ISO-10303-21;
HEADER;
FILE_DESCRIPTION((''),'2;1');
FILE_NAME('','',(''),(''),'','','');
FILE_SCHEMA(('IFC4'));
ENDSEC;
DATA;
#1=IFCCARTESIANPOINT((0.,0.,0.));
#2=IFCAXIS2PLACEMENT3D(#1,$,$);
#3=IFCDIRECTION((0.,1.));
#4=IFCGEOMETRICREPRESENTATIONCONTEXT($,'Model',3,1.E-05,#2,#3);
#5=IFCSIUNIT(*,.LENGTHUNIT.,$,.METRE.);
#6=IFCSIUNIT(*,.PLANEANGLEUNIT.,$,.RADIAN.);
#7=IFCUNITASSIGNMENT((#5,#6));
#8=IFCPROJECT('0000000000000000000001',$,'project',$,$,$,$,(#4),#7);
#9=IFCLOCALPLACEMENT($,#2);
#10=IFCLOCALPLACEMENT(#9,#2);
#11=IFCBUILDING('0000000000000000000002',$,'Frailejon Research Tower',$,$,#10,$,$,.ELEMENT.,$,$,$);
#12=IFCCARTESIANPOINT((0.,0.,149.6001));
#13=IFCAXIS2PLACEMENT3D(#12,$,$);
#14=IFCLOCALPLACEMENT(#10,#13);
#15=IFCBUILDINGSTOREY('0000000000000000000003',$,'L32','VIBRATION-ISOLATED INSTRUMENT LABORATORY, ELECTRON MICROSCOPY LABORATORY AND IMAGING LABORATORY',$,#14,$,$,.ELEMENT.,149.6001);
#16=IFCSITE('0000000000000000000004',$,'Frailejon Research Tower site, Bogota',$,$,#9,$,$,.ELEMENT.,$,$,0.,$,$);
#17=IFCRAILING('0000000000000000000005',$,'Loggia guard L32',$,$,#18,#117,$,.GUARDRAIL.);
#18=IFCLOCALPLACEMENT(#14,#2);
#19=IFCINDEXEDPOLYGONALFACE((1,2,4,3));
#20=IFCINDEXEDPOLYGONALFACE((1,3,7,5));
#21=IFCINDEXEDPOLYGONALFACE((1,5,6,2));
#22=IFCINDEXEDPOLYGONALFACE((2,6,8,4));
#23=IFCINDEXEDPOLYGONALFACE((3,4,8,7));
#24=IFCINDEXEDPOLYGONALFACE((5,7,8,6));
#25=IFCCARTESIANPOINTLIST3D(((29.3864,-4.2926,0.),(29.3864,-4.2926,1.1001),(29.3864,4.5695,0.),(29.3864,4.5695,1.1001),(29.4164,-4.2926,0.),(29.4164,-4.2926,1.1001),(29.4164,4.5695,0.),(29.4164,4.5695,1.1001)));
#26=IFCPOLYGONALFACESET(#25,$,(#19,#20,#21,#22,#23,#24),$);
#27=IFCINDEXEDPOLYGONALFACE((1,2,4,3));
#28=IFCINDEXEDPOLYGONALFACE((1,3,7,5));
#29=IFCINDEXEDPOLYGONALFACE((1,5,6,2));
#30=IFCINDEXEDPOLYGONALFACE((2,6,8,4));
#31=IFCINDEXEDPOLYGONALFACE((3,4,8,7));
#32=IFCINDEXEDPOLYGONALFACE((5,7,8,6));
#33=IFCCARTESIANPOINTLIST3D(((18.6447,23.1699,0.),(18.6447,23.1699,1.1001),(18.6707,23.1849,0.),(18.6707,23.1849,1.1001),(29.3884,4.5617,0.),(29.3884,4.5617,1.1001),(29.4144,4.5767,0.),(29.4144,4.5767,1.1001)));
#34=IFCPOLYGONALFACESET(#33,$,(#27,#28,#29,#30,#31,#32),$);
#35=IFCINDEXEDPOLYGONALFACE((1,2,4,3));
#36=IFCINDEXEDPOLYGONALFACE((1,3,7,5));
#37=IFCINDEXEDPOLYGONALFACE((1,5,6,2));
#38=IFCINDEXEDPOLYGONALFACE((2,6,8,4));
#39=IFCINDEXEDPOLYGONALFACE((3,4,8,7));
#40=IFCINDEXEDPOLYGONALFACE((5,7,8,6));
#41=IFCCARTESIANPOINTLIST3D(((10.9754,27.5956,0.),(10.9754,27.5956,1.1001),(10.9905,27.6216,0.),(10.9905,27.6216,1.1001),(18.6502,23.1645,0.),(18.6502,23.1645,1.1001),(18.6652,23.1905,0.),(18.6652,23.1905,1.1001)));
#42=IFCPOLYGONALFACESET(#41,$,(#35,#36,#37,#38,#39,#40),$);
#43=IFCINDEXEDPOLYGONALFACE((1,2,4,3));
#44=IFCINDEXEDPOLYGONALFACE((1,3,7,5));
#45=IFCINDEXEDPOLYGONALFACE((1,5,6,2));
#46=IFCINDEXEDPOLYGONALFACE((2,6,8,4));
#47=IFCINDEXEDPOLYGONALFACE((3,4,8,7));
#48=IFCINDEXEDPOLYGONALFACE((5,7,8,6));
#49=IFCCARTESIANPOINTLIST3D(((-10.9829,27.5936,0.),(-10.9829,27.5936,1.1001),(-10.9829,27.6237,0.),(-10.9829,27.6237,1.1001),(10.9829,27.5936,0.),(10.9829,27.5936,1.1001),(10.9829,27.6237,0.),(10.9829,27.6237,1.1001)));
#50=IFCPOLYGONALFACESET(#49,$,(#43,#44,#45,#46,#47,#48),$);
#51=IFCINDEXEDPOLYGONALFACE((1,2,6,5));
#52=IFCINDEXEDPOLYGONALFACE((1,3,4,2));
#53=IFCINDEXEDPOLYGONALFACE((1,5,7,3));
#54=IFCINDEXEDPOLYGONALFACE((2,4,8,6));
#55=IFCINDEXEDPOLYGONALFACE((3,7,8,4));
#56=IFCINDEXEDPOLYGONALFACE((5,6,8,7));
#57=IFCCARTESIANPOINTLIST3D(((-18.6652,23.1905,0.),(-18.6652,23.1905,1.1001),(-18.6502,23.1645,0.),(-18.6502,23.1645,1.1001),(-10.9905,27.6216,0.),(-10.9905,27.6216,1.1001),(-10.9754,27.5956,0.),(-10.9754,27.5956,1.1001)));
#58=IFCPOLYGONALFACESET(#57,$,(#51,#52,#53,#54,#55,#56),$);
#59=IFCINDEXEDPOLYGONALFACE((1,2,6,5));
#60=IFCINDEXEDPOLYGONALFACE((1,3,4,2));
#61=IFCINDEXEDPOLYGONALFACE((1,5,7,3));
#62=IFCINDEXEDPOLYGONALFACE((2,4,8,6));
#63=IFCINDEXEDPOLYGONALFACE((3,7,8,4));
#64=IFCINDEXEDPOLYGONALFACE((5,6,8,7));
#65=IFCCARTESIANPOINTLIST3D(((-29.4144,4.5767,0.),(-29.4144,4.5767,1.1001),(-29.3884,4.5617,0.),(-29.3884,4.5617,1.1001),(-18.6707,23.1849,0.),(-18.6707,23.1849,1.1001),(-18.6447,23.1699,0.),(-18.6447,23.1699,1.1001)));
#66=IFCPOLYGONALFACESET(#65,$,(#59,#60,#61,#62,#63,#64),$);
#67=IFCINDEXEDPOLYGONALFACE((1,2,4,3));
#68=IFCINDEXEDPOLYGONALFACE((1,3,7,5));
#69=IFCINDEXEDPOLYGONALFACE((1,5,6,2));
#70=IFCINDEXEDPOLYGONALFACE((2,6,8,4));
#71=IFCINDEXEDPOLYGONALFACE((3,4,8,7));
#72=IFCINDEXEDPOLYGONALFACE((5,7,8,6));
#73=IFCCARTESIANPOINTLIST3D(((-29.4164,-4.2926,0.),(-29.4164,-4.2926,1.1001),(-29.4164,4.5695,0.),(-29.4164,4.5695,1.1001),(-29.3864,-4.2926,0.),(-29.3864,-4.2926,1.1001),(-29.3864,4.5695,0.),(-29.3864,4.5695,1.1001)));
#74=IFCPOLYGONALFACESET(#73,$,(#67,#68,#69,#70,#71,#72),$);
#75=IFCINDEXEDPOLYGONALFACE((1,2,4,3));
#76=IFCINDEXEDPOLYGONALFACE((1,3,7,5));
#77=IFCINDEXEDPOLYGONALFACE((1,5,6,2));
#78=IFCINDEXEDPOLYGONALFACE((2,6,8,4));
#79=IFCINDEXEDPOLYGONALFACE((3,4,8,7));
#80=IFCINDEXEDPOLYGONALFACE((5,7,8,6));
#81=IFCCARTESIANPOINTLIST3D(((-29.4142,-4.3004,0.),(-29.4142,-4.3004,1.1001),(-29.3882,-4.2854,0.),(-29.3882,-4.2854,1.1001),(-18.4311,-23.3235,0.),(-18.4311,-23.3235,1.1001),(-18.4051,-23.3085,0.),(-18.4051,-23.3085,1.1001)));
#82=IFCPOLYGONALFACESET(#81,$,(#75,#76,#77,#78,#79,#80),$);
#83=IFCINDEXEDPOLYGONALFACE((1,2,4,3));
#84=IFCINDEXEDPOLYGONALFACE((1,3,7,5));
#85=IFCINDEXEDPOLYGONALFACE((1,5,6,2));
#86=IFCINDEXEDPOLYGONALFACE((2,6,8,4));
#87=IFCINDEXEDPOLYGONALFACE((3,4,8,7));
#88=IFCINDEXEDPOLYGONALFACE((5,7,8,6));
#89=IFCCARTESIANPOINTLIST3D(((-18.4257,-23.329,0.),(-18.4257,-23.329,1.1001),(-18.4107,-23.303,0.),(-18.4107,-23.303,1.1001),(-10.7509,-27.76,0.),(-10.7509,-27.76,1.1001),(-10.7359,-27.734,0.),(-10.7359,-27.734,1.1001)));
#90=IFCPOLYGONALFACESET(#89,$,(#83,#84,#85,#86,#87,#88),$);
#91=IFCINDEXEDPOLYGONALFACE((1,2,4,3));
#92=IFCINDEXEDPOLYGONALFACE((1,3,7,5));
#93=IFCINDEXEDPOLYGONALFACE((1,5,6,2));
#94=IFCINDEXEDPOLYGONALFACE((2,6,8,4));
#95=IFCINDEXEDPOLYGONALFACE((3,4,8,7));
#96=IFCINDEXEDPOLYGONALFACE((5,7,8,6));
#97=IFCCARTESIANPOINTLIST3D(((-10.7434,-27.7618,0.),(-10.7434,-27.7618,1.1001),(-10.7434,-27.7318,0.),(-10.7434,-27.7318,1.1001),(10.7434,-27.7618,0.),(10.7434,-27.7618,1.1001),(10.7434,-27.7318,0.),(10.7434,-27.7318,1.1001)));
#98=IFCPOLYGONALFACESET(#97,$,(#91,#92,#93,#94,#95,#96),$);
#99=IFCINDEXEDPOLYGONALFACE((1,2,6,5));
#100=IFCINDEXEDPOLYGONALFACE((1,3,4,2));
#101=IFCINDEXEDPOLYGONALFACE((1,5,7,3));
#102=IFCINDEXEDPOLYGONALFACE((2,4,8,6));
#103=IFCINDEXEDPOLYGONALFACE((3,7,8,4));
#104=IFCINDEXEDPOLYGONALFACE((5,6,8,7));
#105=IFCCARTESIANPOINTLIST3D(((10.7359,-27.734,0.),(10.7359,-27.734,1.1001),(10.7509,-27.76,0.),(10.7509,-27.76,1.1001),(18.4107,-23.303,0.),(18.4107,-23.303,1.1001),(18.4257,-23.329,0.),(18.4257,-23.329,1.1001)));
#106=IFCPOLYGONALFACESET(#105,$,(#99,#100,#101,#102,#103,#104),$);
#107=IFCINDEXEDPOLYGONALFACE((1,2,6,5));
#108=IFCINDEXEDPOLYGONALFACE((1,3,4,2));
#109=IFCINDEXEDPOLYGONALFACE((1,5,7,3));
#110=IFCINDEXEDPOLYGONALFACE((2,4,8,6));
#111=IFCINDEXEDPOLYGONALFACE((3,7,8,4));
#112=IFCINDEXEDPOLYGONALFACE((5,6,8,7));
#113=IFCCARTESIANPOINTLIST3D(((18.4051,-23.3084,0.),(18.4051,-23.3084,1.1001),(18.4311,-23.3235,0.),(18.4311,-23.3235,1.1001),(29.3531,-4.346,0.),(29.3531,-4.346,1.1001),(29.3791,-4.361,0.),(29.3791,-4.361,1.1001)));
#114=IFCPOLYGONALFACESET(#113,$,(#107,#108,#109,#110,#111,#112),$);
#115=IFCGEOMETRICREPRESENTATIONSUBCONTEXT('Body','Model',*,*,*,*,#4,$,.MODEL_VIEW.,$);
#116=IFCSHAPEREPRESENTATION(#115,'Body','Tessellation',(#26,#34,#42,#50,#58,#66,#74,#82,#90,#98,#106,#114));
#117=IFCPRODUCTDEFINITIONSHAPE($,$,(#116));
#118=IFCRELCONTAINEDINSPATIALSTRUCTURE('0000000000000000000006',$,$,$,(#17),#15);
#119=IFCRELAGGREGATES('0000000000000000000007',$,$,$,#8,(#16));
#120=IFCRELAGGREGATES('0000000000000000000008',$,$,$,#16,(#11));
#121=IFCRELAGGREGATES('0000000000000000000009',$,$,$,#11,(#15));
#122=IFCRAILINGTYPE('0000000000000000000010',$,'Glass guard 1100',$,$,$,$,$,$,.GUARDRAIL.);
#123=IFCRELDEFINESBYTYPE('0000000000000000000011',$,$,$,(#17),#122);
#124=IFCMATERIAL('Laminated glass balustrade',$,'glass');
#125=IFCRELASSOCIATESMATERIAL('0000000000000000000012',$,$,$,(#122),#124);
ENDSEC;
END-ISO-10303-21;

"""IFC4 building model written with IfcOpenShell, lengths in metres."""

from ifc_helpers import new_model, si_unit, direction, frame, origin, origin_2d, place, context, subcontext, project, spatial, rectangle, extrude, material, type_object, element, save


model = new_model("IFC4")

# Units and contexts
model_context = context("Model", 3, precision=1e-05, world=origin(), true_north=direction((0.0, 1.0)))
body_context = subcontext(model_context, "Body", "Model", "MODEL_VIEW")
ifc_project = project(units=[si_unit("LENGTHUNIT", "METRE"), si_unit("PLANEANGLEUNIT", "RADIAN")], contexts=[model_context])

# Site, building, storey
site_placement = place(None, origin())
site = spatial("IfcSite", under=ifc_project, at=site_placement, Name="Frailejon Research Tower site, Bogota", CompositionType="ELEMENT", RefElevation=0.0)
building_placement = place(site_placement, origin())
building = spatial("IfcBuilding", under=site, at=building_placement, Name="Frailejon Research Tower", CompositionType="ELEMENT")
storey_placement = place(building_placement, frame((0.0, 0.0, 149.6001)))
storey = spatial("IfcBuildingStorey", under=building, at=storey_placement, Name="L32", Description="VIBRATION-ISOLATED INSTRUMENT LABORATORY, ELECTRON MICROSCOPY LABORATORY AND IMAGING LABORATORY", CompositionType="ELEMENT", Elevation=149.6001)

# Railing
ifc_material_1 = material(Name="Laminated glass balustrade", Category="glass")
railing_type = type_object("IfcRailingType", Name="Glass guard 1100", PredefinedType="GUARDRAIL", material=ifc_material_1)
railing_placement = place(storey_placement, frame((29.4014, -4.2927, 0.0)))
element("IfcRailing", 1, at=railing_placement, inside=storey, type_object=railing_type, Name="Loggia guard L32", PredefinedType="GUARDRAIL", context=body_context, shape_type="SweptSolid", body=[
    extrude(rectangle(XDim=8.8621, YDim=0.03, at=origin_2d()), frame((0.0, 4.4312, 0.0), z_axis=(0.0, 0.0, 1.0), x_axis=(0.0, 1.0, 0.0)), (0.0, 0.0, 1.0), 1.1001),
    extrude(rectangle(XDim=21.4871, YDim=0.03, at=origin_2d()), frame((-5.3718, 18.166, 0.0), z_axis=(0.0, 0.0, 1.0), x_axis=(-0.500008, 0.866021, 0.0)), (0.0, 0.0, 1.0), 1.1001),
    extrude(rectangle(XDim=8.8621, YDim=0.03, at=origin_2d()), frame((-14.5811, 29.6858, 0.0), z_axis=(0.0, 0.0, 1.0), x_axis=(-0.86602, 0.500009, 0.0)), (0.0, 0.0, 1.0), 1.1001),
    extrude(rectangle(XDim=21.9658, YDim=0.03, at=origin_2d()), frame((-29.4014, 31.9014, 0.0), z_axis=(0.0, 0.0, 1.0), x_axis=(-1.0, 0.0, 0.0)), (0.0, 0.0, 1.0), 1.1001),
    extrude(rectangle(XDim=8.8621, YDim=0.03, at=origin_2d()), frame((-44.2217, 29.6858, 0.0), z_axis=(0.0, 0.0, 1.0), x_axis=(-0.86602, -0.500009, 0.0)), (0.0, 0.0, 1.0), 1.1001),
    extrude(rectangle(XDim=21.4871, YDim=0.03, at=origin_2d()), frame((-53.4309, 18.166, 0.0), z_axis=(0.0, 0.0, 1.0), x_axis=(-0.500008, -0.866021, 0.0)), (0.0, 0.0, 1.0), 1.1001),
    extrude(rectangle(XDim=8.8621, YDim=0.03, at=origin_2d()), frame((-58.8027, 4.4312, 0.0), z_axis=(0.0, 0.0, 1.0), x_axis=(0.0, -1.0, 0.0)), (0.0, 0.0, 1.0), 1.1001),
    extrude(rectangle(XDim=21.9661, YDim=0.03, at=origin_2d()), frame((-53.311, -9.5117, 0.0), z_axis=(0.0, 0.0, 1.0), x_axis=(0.500004, -0.866023, 0.0)), (0.0, 0.0, 1.0), 1.1001),
    extrude(rectangle(XDim=8.8621, YDim=0.03, at=origin_2d()), frame((-43.9822, -21.2388, 0.0), z_axis=(0.0, 0.0, 1.0), x_axis=(0.866032, -0.499988, 0.0)), (0.0, 0.0, 1.0), 1.1001),
    extrude(rectangle(XDim=21.4868, YDim=0.03, at=origin_2d()), frame((-29.4014, -23.4541, 0.0), z_axis=(0.0, 0.0, 1.0), x_axis=(1.0, 0.0, 0.0)), (0.0, 0.0, 1.0), 1.1001),
    extrude(rectangle(XDim=8.8621, YDim=0.03, at=origin_2d()), frame((-14.8206, -21.2388, 0.0), z_axis=(0.0, 0.0, 1.0), x_axis=(0.866032, 0.499988, 0.0)), (0.0, 0.0, 1.0), 1.1001),
    extrude(rectangle(XDim=21.896, YDim=0.03, at=origin_2d()), frame((-5.5093, -9.542, 0.0), z_axis=(0.0, 0.0, 1.0), x_axis=(0.500002, 0.866024, 0.0)), (0.0, 0.0, 1.0), 1.1001),
])

save(model, "model.ifc")
